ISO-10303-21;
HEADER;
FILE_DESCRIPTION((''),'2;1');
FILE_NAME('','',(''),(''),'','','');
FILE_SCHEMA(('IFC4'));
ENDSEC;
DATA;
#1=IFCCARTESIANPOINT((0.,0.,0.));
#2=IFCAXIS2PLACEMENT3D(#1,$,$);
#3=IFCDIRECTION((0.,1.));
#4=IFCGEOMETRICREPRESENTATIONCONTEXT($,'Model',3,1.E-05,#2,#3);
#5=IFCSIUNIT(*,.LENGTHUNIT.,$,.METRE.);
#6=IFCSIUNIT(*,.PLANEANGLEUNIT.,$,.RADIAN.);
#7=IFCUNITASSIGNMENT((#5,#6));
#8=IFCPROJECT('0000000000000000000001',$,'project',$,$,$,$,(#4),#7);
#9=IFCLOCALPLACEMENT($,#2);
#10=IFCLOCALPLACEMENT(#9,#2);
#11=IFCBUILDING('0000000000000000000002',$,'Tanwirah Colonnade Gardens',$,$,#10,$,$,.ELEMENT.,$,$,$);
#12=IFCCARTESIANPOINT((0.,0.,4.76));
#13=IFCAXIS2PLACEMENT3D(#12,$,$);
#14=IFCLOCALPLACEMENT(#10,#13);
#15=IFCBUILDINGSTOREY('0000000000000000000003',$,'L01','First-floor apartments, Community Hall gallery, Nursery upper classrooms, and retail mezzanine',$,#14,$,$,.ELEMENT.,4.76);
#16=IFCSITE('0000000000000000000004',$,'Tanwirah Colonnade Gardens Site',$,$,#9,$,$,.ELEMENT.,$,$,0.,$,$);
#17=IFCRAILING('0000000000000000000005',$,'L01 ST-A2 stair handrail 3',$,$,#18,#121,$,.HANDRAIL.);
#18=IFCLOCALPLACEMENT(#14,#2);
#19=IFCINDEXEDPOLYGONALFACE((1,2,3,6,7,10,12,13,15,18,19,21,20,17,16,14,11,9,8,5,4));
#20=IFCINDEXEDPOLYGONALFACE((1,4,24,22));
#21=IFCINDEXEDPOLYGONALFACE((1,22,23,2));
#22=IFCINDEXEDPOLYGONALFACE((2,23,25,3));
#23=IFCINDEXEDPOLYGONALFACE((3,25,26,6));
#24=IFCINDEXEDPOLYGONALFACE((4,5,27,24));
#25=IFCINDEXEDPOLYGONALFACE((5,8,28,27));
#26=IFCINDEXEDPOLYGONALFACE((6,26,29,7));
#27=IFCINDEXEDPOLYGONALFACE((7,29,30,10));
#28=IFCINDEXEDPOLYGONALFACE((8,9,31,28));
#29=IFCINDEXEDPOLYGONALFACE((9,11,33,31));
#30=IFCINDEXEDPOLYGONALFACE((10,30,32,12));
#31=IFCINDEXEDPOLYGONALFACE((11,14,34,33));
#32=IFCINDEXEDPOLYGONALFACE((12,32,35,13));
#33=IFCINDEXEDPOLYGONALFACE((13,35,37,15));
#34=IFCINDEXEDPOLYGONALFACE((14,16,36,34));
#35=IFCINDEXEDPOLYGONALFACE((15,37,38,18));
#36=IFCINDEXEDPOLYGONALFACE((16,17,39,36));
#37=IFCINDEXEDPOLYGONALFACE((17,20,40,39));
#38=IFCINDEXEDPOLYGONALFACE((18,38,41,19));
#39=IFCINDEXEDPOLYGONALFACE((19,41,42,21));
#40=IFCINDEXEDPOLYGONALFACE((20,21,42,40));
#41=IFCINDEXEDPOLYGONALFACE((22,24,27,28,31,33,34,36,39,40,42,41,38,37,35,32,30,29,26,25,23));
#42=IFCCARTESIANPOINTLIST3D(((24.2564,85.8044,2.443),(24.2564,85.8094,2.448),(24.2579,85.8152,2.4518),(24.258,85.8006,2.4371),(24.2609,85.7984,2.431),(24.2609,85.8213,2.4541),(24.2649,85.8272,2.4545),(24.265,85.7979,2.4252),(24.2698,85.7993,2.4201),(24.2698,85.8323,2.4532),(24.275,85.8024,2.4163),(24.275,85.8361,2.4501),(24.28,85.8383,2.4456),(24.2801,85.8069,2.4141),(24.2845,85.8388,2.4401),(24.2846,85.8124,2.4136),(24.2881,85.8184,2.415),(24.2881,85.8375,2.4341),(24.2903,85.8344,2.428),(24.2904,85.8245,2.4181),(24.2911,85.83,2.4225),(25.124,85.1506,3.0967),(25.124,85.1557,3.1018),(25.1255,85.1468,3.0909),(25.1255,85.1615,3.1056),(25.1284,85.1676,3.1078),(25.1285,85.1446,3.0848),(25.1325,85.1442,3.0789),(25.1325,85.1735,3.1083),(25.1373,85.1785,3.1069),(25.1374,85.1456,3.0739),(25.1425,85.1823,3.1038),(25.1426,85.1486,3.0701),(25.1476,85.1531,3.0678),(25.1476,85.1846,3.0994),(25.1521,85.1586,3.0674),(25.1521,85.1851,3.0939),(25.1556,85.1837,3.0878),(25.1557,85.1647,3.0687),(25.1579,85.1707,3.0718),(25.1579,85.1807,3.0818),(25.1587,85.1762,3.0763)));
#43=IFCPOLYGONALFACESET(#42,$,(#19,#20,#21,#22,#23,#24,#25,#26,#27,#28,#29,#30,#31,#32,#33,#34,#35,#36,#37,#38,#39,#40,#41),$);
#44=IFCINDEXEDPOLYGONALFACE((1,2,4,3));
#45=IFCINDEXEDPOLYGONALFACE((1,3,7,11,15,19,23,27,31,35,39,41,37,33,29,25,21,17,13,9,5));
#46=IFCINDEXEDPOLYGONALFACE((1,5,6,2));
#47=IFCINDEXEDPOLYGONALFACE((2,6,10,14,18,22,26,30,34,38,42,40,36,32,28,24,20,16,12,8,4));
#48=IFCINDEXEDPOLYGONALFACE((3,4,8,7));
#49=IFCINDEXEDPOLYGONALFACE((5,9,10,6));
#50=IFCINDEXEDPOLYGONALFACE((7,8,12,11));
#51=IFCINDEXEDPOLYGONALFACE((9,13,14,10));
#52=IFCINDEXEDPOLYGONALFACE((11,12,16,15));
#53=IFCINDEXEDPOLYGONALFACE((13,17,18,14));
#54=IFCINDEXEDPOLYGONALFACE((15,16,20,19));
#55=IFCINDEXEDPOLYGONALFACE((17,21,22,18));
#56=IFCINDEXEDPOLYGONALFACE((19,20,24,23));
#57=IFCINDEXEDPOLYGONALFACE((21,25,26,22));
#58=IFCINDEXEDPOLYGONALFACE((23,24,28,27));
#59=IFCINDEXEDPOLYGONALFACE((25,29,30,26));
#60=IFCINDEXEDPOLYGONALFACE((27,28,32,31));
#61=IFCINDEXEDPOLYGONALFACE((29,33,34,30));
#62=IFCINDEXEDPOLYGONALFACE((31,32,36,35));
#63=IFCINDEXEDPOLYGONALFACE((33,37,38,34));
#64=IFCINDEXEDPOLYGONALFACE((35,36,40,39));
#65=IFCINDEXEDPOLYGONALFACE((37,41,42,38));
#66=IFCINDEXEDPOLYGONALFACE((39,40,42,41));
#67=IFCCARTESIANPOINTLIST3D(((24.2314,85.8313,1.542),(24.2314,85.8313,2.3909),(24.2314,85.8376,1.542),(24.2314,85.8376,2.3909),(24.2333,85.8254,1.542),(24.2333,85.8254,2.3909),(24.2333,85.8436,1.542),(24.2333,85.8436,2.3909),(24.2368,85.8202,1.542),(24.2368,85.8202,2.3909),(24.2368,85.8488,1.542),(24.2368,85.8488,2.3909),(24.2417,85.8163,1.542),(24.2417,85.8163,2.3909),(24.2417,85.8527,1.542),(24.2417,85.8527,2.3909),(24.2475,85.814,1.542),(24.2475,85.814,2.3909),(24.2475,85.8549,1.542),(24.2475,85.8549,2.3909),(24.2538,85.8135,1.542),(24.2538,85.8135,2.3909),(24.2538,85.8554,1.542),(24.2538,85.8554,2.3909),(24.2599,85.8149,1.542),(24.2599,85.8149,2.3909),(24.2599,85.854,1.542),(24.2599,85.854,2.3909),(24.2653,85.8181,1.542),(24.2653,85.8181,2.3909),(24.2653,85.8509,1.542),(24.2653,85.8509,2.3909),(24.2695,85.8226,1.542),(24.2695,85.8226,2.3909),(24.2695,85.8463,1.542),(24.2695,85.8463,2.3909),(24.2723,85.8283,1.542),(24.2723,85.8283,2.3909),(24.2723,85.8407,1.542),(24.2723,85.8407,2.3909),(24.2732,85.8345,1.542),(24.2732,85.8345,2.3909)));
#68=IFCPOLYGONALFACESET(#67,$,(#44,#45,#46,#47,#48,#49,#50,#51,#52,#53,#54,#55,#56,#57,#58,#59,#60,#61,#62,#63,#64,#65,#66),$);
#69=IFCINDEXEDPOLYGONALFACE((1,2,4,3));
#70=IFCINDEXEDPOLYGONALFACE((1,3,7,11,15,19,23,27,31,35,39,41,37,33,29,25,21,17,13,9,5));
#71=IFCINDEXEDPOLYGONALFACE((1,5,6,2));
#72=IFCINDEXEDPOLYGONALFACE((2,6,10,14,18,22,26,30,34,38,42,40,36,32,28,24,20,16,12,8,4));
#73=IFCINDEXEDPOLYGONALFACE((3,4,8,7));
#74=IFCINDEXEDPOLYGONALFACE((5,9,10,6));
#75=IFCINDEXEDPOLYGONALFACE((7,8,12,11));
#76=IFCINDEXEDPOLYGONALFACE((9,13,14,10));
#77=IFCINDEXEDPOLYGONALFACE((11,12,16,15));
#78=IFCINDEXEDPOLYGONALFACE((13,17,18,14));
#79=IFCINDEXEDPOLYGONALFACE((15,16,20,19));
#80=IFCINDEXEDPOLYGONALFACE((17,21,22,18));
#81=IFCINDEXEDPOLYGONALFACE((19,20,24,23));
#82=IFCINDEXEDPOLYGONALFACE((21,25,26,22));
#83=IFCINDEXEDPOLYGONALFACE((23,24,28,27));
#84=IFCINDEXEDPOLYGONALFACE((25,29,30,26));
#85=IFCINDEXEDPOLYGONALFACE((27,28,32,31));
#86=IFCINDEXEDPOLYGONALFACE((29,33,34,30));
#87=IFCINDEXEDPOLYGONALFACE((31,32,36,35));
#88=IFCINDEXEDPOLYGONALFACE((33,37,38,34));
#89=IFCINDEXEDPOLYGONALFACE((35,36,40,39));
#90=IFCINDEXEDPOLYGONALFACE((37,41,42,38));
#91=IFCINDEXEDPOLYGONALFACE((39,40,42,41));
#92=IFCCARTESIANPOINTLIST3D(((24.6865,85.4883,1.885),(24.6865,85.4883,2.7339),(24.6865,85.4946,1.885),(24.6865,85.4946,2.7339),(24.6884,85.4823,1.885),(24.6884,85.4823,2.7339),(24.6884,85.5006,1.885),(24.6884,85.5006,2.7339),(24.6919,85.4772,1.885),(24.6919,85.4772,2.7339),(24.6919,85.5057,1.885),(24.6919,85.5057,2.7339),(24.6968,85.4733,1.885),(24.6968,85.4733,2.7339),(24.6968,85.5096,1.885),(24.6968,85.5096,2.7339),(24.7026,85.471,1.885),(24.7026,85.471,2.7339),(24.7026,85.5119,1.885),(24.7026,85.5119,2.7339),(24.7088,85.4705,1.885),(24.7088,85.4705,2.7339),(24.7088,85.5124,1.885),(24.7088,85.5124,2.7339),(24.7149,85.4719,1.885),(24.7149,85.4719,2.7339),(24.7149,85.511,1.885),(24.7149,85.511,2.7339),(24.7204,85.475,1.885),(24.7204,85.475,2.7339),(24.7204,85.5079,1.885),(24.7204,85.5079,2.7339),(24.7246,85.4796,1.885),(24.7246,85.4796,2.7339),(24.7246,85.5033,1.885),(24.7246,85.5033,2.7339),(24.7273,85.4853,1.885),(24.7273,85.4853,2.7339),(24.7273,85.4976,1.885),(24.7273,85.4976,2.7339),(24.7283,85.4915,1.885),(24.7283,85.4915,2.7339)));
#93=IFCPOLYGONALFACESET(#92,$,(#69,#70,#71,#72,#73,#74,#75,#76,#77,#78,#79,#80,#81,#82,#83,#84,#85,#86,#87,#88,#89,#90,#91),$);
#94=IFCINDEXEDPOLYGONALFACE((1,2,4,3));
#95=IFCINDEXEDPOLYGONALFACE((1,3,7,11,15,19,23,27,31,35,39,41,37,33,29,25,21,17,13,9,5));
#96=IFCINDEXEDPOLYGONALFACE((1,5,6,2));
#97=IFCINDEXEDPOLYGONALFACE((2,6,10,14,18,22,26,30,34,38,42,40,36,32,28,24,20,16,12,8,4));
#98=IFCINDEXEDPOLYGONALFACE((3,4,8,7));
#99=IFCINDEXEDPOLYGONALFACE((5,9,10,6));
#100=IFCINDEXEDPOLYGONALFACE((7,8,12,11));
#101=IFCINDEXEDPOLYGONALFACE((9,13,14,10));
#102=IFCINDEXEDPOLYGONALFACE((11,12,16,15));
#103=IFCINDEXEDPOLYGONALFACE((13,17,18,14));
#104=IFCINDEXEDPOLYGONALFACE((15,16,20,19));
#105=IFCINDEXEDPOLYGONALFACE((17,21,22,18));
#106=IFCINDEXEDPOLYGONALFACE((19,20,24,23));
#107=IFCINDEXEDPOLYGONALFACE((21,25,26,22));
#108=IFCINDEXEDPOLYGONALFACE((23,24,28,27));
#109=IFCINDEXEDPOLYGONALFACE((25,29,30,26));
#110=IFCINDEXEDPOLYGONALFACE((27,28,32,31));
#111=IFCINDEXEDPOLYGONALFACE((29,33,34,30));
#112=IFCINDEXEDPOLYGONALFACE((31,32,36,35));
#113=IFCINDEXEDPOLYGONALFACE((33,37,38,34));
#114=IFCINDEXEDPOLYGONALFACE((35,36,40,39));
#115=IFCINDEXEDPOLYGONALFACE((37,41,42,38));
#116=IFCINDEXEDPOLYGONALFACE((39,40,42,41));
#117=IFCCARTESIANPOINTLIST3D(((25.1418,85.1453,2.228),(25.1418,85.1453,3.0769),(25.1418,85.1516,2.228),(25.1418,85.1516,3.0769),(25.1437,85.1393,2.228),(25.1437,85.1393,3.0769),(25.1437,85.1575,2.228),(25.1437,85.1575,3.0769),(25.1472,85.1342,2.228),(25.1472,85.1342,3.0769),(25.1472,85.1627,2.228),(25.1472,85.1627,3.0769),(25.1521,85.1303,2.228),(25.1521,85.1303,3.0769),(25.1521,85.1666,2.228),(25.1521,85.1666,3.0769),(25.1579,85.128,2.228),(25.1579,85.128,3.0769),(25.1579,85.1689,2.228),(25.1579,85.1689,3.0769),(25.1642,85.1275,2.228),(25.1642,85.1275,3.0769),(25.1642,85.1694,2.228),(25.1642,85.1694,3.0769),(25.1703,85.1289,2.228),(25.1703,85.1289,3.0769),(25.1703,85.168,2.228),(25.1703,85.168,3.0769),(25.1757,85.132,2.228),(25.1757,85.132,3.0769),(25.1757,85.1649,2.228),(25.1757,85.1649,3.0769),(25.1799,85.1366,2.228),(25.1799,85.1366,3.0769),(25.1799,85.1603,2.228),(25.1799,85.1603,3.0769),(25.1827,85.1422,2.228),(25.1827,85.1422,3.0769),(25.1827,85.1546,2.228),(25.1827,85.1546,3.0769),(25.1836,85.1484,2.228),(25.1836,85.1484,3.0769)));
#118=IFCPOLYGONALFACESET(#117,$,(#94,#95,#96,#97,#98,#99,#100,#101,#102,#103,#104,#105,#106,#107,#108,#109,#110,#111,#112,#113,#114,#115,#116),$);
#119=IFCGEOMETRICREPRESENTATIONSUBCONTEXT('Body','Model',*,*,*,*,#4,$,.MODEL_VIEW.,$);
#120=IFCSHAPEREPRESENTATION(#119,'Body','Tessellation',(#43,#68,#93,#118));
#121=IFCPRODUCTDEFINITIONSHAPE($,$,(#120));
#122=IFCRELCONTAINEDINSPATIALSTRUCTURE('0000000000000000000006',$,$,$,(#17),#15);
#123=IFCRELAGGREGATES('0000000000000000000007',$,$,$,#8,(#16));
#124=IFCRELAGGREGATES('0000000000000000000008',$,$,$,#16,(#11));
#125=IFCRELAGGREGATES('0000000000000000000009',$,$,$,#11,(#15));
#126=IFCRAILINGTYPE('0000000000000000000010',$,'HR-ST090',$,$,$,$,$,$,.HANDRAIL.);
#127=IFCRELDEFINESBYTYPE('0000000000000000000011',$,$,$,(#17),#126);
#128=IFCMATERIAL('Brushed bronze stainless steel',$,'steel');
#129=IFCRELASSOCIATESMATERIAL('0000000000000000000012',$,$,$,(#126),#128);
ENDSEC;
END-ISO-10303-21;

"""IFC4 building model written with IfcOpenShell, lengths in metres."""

from ifc_helpers import new_model, si_unit, direction, frame, origin, origin_2d, place, context, subcontext, project, spatial, circle, extrude, material, type_object, element, save


model = new_model("IFC4")

# Units and contexts
model_context = context("Model", 3, precision=1e-05, world=origin(), true_north=direction((0.0, 1.0)))
body_context = subcontext(model_context, "Body", "Model", "MODEL_VIEW")
ifc_project = project(units=[si_unit("LENGTHUNIT", "METRE"), si_unit("PLANEANGLEUNIT", "RADIAN")], contexts=[model_context])

# Site, building, storey
site_placement = place(None, origin())
site = spatial("IfcSite", under=ifc_project, at=site_placement, Name="Tanwirah Colonnade Gardens Site", CompositionType="ELEMENT", RefElevation=0.0)
building_placement = place(site_placement, origin())
building = spatial("IfcBuilding", under=site, at=building_placement, Name="Tanwirah Colonnade Gardens", CompositionType="ELEMENT")
storey_placement = place(building_placement, frame((0.0, 0.0, 4.76)))
storey = spatial("IfcBuildingStorey", under=building, at=storey_placement, Name="L01", Description="First-floor apartments, Community Hall gallery, Nursery upper classrooms, and retail mezzanine", CompositionType="ELEMENT", Elevation=4.76)

# Railing
ifc_material_1 = material(Name="Brushed bronze stainless steel", Category="steel")
railing_type_1 = type_object("IfcRailingType", Name="HR-ST090", PredefinedType="HANDRAIL", material=ifc_material_1)
railing_1_placement = place(storey_placement, frame((24.2522, 85.8345, 1.542)))
element("IfcRailing", 1, at=railing_1_placement, inside=storey, type_object=railing_type_1, Name="L01 ST-A2 stair handrail 3", PredefinedType="HANDRAIL", context=body_context, shape_type="SweptSolid", body=[
    extrude(circle(Radius=0.0239, at=origin_2d()), frame((0.0215, -0.0161, 0.8921), z_axis=(0.684276, -0.515639, 0.515639), x_axis=(0.601815, 0.798636, 0.0)), (0.0, 0.0, 1.0), 1.2678),
    extrude(circle(Radius=0.021, at=origin_2d()), origin(), (0.0, 0.0, 1.0), 0.8489),
    extrude(circle(Radius=0.021, at=origin_2d()), frame((0.4551, -0.343, 0.343)), (0.0, 0.0, 1.0), 0.8489),
    extrude(circle(Radius=0.021, at=origin_2d()), frame((0.9104, -0.686, 0.686)), (0.0, 0.0, 1.0), 0.8489),
])

save(model, "model.ifc")
